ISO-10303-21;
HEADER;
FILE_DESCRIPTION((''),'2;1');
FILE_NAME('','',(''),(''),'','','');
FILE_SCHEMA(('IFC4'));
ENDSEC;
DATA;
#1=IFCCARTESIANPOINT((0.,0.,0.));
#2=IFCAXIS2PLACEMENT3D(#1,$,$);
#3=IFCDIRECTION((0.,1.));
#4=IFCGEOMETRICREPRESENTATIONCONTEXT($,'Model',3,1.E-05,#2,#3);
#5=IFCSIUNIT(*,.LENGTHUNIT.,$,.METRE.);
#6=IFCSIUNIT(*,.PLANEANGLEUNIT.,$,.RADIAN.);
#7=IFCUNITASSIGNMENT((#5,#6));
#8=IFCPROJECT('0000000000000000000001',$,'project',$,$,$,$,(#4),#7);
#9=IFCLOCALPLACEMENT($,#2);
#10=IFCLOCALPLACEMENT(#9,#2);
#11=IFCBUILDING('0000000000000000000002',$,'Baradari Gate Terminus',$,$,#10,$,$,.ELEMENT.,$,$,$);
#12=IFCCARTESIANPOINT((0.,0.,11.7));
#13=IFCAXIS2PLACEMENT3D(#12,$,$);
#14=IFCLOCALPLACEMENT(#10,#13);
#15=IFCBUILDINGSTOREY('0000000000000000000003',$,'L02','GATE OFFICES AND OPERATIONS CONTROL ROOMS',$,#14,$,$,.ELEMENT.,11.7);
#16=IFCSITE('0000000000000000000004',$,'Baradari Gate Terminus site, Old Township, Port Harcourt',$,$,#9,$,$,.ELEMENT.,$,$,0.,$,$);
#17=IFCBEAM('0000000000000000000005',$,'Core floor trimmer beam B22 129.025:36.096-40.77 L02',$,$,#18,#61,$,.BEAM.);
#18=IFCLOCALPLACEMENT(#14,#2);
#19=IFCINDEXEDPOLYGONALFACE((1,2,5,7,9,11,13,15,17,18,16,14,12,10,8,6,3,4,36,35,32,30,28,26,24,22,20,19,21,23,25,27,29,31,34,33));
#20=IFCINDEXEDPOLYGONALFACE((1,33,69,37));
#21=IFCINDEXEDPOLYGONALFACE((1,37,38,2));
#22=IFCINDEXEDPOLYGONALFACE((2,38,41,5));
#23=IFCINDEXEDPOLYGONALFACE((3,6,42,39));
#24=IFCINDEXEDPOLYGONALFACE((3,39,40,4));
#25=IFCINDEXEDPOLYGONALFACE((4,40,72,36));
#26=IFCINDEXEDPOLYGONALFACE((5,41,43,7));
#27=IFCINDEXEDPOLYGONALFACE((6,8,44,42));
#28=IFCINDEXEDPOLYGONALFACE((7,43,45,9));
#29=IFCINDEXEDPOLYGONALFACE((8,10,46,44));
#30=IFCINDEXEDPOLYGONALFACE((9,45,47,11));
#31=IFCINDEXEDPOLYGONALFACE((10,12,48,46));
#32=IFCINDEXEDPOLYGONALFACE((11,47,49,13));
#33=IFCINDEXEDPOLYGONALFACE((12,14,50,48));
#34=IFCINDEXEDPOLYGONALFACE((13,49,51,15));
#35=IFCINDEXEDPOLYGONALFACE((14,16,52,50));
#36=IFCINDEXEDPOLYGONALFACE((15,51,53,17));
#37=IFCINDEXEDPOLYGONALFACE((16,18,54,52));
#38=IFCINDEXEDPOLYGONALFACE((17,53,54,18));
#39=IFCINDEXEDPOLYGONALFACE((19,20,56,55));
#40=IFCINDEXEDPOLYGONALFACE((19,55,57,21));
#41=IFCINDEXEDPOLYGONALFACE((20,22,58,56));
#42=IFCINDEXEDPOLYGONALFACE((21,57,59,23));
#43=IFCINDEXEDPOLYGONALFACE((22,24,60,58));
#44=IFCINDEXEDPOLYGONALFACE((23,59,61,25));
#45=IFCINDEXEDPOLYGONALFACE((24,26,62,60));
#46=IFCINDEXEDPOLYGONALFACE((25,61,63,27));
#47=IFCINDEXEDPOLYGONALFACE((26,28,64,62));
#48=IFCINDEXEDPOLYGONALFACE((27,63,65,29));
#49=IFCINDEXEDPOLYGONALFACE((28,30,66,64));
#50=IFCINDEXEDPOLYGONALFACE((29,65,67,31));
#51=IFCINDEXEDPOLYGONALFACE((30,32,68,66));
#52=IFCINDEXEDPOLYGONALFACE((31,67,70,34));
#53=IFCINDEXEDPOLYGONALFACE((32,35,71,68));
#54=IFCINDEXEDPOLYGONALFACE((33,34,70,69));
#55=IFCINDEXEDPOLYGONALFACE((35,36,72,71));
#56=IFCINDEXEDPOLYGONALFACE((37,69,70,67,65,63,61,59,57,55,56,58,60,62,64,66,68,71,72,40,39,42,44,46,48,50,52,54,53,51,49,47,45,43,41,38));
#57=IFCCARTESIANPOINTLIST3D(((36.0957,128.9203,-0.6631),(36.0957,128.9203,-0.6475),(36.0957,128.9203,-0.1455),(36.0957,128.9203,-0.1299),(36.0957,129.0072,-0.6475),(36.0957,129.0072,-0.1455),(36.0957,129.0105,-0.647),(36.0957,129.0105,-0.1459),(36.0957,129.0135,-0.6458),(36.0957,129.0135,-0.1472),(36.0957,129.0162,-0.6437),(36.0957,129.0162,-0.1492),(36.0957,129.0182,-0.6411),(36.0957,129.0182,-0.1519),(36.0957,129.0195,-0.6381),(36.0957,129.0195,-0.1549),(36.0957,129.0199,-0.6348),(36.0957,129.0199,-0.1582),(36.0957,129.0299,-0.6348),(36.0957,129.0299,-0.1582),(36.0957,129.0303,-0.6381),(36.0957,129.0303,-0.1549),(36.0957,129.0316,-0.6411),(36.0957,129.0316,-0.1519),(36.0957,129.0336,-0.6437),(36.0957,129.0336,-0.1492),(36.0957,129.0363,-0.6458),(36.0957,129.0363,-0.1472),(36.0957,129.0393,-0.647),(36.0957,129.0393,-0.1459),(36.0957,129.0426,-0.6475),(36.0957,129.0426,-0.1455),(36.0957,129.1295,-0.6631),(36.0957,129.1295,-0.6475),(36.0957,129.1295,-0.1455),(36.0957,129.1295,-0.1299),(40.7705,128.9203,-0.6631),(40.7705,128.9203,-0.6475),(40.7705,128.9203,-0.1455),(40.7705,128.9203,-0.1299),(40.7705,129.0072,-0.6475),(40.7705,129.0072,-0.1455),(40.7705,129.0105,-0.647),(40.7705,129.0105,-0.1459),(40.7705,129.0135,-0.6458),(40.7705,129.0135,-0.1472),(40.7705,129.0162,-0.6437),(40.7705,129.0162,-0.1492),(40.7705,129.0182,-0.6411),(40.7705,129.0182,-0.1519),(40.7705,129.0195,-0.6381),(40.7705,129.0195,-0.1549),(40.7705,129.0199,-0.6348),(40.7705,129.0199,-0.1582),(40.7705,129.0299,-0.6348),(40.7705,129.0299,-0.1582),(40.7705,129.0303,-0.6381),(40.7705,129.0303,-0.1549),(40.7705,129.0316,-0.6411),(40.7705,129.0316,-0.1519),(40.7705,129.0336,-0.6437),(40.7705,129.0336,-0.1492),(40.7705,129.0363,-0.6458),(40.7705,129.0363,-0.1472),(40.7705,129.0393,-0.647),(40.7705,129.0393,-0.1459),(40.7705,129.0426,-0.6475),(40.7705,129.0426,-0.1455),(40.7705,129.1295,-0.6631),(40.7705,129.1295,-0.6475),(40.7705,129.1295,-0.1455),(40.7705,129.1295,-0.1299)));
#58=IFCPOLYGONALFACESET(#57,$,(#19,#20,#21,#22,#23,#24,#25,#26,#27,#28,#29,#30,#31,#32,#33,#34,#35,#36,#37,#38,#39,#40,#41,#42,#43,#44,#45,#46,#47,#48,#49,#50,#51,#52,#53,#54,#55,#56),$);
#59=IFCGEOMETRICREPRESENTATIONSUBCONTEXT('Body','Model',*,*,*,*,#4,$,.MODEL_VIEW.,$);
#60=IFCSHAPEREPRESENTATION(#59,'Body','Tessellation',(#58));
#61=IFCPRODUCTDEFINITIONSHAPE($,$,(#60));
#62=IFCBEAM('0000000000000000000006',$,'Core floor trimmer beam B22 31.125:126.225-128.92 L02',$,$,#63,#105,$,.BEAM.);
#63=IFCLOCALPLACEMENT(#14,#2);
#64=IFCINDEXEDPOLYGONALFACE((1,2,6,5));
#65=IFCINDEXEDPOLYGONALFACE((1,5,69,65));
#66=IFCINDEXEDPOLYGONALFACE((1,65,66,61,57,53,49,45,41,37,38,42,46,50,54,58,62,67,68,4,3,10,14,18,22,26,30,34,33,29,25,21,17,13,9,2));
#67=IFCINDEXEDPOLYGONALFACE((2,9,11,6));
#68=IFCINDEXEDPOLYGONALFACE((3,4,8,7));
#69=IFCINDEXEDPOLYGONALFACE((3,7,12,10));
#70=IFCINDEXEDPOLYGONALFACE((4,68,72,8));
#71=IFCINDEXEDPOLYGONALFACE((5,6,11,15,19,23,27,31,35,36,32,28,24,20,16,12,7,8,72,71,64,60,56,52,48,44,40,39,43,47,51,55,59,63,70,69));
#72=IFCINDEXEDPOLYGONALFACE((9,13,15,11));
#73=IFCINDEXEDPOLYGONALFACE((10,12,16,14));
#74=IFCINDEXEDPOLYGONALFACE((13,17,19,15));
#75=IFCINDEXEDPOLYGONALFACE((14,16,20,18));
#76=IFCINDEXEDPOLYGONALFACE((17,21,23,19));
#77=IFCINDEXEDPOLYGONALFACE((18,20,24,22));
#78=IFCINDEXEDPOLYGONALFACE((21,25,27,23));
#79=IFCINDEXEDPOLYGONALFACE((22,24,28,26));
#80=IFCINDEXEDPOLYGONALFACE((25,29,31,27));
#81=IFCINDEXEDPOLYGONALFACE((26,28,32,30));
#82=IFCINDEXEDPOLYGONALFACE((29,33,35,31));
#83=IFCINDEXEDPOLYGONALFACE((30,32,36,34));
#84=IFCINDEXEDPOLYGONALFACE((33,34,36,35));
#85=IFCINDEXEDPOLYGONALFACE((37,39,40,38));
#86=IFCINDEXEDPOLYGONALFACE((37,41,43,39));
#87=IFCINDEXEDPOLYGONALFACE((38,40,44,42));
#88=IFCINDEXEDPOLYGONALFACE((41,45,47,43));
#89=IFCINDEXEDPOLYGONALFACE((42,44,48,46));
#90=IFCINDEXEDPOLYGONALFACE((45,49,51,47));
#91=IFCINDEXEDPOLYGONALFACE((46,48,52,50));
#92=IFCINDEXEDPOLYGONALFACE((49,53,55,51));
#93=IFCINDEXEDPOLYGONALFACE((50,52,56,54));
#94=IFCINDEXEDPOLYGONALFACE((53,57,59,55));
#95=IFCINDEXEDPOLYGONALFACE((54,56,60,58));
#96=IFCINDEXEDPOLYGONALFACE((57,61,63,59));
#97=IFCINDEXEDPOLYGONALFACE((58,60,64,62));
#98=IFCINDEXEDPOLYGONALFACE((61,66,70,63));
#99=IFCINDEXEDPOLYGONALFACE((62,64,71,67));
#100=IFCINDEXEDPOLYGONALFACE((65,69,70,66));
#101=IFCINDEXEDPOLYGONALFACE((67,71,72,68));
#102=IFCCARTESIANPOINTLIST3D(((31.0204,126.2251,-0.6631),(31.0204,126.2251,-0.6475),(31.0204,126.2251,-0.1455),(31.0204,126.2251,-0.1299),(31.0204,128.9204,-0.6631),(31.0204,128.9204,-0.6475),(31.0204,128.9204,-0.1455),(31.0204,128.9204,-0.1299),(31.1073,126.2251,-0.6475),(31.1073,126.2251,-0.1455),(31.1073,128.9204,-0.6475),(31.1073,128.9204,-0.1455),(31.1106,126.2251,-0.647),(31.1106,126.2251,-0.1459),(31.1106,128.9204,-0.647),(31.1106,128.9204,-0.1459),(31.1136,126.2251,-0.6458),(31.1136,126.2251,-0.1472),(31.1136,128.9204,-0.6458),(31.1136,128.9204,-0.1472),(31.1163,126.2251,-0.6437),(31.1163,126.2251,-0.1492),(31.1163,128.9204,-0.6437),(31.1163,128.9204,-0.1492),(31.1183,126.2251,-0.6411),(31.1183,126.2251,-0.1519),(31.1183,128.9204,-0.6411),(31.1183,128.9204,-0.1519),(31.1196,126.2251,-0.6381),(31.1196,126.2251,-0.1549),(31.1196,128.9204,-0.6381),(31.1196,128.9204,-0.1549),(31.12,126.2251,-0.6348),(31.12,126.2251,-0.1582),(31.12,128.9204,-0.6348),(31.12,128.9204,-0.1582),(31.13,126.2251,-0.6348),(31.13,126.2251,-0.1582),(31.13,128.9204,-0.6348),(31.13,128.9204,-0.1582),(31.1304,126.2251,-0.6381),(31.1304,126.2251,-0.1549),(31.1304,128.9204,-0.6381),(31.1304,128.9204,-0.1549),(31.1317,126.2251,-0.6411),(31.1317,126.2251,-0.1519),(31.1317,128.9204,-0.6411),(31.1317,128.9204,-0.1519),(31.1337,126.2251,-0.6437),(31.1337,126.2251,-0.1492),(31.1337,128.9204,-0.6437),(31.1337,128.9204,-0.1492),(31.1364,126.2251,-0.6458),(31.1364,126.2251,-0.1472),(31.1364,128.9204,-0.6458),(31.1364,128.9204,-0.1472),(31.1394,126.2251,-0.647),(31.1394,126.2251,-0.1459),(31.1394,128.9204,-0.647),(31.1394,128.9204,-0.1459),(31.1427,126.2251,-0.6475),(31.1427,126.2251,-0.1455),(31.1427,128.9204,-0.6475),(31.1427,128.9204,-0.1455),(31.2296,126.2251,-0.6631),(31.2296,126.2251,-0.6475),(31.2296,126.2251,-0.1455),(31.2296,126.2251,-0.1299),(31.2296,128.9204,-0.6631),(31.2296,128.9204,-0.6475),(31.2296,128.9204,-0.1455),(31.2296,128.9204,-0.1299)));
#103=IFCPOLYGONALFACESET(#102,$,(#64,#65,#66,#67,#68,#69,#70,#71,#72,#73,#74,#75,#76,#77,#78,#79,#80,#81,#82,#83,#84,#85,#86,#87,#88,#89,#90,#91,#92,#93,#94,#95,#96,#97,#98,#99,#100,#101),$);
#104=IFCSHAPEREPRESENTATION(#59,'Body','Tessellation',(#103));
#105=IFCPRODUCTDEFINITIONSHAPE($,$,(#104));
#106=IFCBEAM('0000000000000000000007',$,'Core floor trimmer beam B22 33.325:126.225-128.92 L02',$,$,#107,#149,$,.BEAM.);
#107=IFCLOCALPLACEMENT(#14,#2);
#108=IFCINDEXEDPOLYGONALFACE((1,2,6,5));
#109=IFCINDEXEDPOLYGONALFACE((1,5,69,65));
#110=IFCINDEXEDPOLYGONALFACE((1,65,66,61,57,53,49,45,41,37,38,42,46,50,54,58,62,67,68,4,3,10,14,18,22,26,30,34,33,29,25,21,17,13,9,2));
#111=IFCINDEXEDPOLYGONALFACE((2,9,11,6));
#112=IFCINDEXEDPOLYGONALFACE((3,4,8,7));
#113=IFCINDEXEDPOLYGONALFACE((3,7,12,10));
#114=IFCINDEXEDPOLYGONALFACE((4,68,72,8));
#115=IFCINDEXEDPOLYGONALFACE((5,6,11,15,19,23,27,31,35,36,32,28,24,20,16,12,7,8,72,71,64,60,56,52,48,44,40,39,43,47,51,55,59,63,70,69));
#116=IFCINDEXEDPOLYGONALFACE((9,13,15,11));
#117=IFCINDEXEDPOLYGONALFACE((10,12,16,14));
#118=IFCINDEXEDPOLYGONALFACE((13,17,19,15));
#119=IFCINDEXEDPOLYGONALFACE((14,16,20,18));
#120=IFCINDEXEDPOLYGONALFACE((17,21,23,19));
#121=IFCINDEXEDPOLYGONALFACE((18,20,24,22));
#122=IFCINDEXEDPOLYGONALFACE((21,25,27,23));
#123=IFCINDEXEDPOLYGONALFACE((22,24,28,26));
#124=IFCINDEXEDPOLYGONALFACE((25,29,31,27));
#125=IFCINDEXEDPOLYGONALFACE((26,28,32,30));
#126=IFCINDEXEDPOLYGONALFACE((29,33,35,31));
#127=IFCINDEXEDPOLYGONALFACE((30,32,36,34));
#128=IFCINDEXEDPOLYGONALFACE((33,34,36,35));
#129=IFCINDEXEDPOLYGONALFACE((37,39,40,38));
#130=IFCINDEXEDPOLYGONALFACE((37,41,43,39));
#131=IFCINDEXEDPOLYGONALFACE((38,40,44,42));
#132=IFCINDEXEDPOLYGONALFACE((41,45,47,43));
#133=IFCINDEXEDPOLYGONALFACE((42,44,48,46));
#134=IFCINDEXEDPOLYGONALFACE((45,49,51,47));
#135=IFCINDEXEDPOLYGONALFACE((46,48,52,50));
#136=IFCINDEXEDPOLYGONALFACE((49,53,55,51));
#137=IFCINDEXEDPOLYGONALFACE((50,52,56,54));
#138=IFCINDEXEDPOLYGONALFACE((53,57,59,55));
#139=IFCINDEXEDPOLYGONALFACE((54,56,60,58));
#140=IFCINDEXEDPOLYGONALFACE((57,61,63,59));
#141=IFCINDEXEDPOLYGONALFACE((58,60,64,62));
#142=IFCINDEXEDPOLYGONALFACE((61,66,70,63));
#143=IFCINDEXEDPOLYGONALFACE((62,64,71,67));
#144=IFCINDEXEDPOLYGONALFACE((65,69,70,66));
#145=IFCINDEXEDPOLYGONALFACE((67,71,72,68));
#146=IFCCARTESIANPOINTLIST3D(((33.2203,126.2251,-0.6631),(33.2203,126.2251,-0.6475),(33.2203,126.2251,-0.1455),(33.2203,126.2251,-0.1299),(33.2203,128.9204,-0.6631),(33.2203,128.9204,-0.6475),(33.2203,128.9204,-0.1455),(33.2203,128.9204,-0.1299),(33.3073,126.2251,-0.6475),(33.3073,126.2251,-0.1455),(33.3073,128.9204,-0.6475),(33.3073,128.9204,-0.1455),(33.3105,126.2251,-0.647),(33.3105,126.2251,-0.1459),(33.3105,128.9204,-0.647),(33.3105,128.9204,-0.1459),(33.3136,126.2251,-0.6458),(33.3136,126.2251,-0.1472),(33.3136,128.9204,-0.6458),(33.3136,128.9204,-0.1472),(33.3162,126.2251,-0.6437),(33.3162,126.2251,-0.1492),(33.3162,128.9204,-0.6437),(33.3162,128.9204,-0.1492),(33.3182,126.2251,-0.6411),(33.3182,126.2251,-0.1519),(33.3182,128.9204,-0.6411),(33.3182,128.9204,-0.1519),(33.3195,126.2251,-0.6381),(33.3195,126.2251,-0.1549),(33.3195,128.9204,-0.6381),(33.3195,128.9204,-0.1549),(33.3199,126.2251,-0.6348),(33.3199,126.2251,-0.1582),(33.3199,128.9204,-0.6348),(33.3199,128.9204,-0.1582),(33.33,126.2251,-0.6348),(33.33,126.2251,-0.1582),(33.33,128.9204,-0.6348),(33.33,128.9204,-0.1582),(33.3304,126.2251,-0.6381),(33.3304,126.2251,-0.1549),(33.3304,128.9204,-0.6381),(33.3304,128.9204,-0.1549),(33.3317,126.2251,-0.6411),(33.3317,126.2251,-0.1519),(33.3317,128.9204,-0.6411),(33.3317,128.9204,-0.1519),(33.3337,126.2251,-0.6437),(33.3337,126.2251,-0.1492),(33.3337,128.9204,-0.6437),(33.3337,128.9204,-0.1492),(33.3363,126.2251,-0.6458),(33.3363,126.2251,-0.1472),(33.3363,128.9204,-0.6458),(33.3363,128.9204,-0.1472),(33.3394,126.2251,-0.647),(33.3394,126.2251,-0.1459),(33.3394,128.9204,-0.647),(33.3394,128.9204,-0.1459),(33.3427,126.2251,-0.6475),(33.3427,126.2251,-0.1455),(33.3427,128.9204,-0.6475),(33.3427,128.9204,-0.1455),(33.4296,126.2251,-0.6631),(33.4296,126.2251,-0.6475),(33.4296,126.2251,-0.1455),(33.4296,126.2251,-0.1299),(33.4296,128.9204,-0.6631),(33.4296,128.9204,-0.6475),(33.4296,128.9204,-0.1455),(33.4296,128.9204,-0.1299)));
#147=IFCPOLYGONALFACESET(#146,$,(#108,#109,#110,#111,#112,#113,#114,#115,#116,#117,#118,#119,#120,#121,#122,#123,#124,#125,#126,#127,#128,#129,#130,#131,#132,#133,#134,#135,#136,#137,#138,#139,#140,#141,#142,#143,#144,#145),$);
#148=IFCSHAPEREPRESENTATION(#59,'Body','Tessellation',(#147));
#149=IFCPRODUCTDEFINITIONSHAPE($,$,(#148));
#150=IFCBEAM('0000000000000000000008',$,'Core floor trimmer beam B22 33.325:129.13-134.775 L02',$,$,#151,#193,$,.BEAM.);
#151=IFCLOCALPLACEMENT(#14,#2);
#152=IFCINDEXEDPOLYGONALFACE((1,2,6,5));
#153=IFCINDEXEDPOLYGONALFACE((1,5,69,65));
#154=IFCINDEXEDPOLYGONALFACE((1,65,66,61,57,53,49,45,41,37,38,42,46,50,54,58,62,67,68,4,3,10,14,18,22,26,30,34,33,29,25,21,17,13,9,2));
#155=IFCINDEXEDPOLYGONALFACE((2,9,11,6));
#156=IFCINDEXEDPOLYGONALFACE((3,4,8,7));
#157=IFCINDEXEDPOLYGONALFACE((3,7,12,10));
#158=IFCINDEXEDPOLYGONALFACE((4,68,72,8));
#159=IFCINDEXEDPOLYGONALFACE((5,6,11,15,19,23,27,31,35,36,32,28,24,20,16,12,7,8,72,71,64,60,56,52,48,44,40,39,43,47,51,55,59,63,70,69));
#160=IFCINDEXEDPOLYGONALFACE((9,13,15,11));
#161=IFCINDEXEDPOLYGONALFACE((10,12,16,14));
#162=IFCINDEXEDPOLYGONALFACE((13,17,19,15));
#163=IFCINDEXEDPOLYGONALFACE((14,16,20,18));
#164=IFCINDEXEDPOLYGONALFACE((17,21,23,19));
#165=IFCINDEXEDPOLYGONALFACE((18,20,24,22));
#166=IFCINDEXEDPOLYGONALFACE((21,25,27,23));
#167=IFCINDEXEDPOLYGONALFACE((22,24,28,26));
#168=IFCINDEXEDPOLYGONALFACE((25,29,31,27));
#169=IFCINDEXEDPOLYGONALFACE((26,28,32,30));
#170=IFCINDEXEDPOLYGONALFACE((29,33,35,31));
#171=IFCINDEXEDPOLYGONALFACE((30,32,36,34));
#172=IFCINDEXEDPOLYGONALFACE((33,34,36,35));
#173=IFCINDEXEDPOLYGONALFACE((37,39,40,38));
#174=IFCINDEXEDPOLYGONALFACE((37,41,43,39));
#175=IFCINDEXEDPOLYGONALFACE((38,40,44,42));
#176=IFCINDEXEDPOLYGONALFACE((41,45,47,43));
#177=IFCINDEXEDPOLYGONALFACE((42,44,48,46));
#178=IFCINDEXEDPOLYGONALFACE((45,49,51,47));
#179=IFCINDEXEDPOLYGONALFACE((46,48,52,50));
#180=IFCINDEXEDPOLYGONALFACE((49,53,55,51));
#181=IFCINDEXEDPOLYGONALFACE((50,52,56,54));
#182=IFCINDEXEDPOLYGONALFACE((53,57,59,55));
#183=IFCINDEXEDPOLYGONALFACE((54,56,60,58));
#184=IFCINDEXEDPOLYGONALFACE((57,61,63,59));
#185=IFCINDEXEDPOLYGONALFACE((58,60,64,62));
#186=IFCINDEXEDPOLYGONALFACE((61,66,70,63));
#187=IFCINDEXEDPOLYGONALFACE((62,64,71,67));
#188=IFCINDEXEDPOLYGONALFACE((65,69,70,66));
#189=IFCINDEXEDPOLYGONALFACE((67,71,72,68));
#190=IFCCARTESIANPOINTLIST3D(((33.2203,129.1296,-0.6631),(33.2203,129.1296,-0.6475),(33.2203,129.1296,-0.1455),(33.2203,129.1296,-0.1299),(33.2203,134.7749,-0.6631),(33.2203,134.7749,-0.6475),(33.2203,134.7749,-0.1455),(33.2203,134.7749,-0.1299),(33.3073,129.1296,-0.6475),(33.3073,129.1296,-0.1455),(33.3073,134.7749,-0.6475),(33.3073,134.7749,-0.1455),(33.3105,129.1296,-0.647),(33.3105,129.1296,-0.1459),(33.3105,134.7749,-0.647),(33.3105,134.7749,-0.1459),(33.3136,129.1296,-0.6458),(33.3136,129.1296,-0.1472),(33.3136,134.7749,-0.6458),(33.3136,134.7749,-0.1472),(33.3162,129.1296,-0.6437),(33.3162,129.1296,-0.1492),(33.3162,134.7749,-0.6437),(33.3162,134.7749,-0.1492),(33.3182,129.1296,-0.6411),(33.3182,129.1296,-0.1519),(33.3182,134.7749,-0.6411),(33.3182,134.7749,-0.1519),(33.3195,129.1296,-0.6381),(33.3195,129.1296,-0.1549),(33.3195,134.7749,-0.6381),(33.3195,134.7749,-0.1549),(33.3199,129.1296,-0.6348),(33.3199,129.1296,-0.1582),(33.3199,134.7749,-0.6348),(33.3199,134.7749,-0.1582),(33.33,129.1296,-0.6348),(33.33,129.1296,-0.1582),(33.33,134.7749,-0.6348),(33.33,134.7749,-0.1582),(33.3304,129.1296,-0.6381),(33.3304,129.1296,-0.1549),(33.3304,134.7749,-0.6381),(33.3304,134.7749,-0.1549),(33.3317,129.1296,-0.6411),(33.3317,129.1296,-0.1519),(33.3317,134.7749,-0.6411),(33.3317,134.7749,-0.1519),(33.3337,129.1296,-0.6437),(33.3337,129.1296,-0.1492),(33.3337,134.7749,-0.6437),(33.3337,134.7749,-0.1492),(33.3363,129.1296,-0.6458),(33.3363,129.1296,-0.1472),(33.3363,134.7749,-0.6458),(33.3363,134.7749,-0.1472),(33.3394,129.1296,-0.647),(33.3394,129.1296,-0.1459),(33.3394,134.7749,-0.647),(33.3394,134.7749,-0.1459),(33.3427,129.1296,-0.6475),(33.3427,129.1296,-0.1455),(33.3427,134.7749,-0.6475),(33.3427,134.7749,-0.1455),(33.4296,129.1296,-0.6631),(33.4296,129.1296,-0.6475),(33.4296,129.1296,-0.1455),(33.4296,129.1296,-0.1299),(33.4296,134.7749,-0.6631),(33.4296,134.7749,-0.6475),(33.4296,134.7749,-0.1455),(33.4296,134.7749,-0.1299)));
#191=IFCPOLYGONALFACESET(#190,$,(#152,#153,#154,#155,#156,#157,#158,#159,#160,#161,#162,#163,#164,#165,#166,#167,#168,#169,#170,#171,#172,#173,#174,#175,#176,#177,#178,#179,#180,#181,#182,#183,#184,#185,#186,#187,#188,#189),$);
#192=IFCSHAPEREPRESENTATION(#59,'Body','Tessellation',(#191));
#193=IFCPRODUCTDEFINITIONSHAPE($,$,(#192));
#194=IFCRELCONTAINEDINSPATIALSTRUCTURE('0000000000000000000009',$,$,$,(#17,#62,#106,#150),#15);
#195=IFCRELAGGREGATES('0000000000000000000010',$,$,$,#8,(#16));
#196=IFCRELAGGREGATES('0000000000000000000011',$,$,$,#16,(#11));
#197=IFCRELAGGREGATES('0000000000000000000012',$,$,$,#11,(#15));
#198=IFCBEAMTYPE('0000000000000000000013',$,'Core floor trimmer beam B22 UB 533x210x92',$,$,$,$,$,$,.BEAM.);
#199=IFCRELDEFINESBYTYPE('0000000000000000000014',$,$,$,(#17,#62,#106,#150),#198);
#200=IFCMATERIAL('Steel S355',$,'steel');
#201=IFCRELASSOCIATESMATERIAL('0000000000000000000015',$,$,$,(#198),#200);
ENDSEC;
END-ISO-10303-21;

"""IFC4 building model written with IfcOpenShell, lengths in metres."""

from ifc_helpers import new_model, si_unit, direction, frame, origin, origin_2d, place, context, subcontext, project, spatial, i_section, extrude, material, material_profile, profile_set, type_object, element, save


model = new_model("IFC4")

# Units and contexts
model_context = context("Model", 3, precision=1e-05, world=origin(), true_north=direction((0.0, 1.0)))
body_context = subcontext(model_context, "Body", "Model", "MODEL_VIEW")
ifc_project = project(units=[si_unit("LENGTHUNIT", "METRE"), si_unit("PLANEANGLEUNIT", "RADIAN")], contexts=[model_context])

# Site, building, storey
site_placement = place(None, origin())
site = spatial("IfcSite", under=ifc_project, at=site_placement, Name="Baradari Gate Terminus site, Old Township, Port Harcourt", CompositionType="ELEMENT", RefElevation=0.0)
building_placement = place(site_placement, origin())
building = spatial("IfcBuilding", under=site, at=building_placement, Name="Baradari Gate Terminus", CompositionType="ELEMENT")
storey_placement = place(building_placement, frame((0.0, 0.0, 11.7)))
storey = spatial("IfcBuildingStorey", under=building, at=storey_placement, Name="L02", Description="GATE OFFICES AND OPERATIONS CONTROL ROOMS", CompositionType="ELEMENT", Elevation=11.7)

# Beams
ifc_material_1 = material(Name="Steel S355", Category="steel")
ifc_material_profile_1 = material_profile(ifc_material_1, i_section(OverallWidth=0.2092, OverallDepth=0.5332, WebThickness=0.01, FlangeThickness=0.0156, FilletRadius=0.0127, at=origin_2d()), Name="UB 533x210x92")
ifc_profile_set_1 = profile_set([ifc_material_profile_1], Name="Steel S355")
beam_type_1 = type_object("IfcBeamType", Name="Core floor trimmer beam B22 UB 533x210x92", PredefinedType="BEAM", material=ifc_profile_set_1)
beam_1_placement = place(storey_placement, frame((36.0957, 129.0249, -0.3965), z_axis=(1.0, 0.0, 0.0), x_axis=(0.0, 1.0, 0.0)))
element("IfcBeam", 1, at=beam_1_placement, inside=storey, type_object=beam_type_1, Name="Core floor trimmer beam B22 129.025:36.096-40.77 L02", PredefinedType="BEAM", context=body_context, shape_type="SweptSolid", body=[
    extrude(i_section(OverallWidth=0.2092, OverallDepth=0.5332, WebThickness=0.01, FlangeThickness=0.0156, FilletRadius=0.0127, at=origin_2d()), origin(), (0.0, 0.0, 1.0), 4.6748),
])
for number, where, z_axis, x_axis, name in (
    (2, (31.125, 126.2251, -0.3965), (0.0, 1.0, 0.0), (-1.0, 0.0, 0.0), "Core floor trimmer beam B22 31.125:126.225-128.92 L02"),
    (3, (33.325, 126.2251, -0.3965), (0.0, 1.0, 0.0), (-1.0, 0.0, 0.0), "Core floor trimmer beam B22 33.325:126.225-128.92 L02"),
):
    element("IfcBeam", number, at=place(storey_placement, frame(where, z_axis=z_axis, x_axis=x_axis)), inside=storey, type_object=beam_type_1, Name=name, PredefinedType="BEAM", context=body_context, shape_type="SweptSolid", body=[
        extrude(i_section(OverallWidth=0.2092, OverallDepth=0.5332, WebThickness=0.01, FlangeThickness=0.0156, FilletRadius=0.0127, at=origin_2d()), origin(), (0.0, 0.0, 1.0), 2.6953),
    ])
beam_2_placement = place(storey_placement, frame((33.325, 129.1296, -0.3965), z_axis=(0.0, 1.0, 0.0), x_axis=(-1.0, 0.0, 0.0)))
element("IfcBeam", 4, at=beam_2_placement, inside=storey, type_object=beam_type_1, Name="Core floor trimmer beam B22 33.325:129.13-134.775 L02", PredefinedType="BEAM", context=body_context, shape_type="SweptSolid", body=[
    extrude(i_section(OverallWidth=0.2092, OverallDepth=0.5332, WebThickness=0.01, FlangeThickness=0.0156, FilletRadius=0.0127, at=origin_2d()), origin(), (0.0, 0.0, 1.0), 5.6453),
])

save(model, "model.ifc")
